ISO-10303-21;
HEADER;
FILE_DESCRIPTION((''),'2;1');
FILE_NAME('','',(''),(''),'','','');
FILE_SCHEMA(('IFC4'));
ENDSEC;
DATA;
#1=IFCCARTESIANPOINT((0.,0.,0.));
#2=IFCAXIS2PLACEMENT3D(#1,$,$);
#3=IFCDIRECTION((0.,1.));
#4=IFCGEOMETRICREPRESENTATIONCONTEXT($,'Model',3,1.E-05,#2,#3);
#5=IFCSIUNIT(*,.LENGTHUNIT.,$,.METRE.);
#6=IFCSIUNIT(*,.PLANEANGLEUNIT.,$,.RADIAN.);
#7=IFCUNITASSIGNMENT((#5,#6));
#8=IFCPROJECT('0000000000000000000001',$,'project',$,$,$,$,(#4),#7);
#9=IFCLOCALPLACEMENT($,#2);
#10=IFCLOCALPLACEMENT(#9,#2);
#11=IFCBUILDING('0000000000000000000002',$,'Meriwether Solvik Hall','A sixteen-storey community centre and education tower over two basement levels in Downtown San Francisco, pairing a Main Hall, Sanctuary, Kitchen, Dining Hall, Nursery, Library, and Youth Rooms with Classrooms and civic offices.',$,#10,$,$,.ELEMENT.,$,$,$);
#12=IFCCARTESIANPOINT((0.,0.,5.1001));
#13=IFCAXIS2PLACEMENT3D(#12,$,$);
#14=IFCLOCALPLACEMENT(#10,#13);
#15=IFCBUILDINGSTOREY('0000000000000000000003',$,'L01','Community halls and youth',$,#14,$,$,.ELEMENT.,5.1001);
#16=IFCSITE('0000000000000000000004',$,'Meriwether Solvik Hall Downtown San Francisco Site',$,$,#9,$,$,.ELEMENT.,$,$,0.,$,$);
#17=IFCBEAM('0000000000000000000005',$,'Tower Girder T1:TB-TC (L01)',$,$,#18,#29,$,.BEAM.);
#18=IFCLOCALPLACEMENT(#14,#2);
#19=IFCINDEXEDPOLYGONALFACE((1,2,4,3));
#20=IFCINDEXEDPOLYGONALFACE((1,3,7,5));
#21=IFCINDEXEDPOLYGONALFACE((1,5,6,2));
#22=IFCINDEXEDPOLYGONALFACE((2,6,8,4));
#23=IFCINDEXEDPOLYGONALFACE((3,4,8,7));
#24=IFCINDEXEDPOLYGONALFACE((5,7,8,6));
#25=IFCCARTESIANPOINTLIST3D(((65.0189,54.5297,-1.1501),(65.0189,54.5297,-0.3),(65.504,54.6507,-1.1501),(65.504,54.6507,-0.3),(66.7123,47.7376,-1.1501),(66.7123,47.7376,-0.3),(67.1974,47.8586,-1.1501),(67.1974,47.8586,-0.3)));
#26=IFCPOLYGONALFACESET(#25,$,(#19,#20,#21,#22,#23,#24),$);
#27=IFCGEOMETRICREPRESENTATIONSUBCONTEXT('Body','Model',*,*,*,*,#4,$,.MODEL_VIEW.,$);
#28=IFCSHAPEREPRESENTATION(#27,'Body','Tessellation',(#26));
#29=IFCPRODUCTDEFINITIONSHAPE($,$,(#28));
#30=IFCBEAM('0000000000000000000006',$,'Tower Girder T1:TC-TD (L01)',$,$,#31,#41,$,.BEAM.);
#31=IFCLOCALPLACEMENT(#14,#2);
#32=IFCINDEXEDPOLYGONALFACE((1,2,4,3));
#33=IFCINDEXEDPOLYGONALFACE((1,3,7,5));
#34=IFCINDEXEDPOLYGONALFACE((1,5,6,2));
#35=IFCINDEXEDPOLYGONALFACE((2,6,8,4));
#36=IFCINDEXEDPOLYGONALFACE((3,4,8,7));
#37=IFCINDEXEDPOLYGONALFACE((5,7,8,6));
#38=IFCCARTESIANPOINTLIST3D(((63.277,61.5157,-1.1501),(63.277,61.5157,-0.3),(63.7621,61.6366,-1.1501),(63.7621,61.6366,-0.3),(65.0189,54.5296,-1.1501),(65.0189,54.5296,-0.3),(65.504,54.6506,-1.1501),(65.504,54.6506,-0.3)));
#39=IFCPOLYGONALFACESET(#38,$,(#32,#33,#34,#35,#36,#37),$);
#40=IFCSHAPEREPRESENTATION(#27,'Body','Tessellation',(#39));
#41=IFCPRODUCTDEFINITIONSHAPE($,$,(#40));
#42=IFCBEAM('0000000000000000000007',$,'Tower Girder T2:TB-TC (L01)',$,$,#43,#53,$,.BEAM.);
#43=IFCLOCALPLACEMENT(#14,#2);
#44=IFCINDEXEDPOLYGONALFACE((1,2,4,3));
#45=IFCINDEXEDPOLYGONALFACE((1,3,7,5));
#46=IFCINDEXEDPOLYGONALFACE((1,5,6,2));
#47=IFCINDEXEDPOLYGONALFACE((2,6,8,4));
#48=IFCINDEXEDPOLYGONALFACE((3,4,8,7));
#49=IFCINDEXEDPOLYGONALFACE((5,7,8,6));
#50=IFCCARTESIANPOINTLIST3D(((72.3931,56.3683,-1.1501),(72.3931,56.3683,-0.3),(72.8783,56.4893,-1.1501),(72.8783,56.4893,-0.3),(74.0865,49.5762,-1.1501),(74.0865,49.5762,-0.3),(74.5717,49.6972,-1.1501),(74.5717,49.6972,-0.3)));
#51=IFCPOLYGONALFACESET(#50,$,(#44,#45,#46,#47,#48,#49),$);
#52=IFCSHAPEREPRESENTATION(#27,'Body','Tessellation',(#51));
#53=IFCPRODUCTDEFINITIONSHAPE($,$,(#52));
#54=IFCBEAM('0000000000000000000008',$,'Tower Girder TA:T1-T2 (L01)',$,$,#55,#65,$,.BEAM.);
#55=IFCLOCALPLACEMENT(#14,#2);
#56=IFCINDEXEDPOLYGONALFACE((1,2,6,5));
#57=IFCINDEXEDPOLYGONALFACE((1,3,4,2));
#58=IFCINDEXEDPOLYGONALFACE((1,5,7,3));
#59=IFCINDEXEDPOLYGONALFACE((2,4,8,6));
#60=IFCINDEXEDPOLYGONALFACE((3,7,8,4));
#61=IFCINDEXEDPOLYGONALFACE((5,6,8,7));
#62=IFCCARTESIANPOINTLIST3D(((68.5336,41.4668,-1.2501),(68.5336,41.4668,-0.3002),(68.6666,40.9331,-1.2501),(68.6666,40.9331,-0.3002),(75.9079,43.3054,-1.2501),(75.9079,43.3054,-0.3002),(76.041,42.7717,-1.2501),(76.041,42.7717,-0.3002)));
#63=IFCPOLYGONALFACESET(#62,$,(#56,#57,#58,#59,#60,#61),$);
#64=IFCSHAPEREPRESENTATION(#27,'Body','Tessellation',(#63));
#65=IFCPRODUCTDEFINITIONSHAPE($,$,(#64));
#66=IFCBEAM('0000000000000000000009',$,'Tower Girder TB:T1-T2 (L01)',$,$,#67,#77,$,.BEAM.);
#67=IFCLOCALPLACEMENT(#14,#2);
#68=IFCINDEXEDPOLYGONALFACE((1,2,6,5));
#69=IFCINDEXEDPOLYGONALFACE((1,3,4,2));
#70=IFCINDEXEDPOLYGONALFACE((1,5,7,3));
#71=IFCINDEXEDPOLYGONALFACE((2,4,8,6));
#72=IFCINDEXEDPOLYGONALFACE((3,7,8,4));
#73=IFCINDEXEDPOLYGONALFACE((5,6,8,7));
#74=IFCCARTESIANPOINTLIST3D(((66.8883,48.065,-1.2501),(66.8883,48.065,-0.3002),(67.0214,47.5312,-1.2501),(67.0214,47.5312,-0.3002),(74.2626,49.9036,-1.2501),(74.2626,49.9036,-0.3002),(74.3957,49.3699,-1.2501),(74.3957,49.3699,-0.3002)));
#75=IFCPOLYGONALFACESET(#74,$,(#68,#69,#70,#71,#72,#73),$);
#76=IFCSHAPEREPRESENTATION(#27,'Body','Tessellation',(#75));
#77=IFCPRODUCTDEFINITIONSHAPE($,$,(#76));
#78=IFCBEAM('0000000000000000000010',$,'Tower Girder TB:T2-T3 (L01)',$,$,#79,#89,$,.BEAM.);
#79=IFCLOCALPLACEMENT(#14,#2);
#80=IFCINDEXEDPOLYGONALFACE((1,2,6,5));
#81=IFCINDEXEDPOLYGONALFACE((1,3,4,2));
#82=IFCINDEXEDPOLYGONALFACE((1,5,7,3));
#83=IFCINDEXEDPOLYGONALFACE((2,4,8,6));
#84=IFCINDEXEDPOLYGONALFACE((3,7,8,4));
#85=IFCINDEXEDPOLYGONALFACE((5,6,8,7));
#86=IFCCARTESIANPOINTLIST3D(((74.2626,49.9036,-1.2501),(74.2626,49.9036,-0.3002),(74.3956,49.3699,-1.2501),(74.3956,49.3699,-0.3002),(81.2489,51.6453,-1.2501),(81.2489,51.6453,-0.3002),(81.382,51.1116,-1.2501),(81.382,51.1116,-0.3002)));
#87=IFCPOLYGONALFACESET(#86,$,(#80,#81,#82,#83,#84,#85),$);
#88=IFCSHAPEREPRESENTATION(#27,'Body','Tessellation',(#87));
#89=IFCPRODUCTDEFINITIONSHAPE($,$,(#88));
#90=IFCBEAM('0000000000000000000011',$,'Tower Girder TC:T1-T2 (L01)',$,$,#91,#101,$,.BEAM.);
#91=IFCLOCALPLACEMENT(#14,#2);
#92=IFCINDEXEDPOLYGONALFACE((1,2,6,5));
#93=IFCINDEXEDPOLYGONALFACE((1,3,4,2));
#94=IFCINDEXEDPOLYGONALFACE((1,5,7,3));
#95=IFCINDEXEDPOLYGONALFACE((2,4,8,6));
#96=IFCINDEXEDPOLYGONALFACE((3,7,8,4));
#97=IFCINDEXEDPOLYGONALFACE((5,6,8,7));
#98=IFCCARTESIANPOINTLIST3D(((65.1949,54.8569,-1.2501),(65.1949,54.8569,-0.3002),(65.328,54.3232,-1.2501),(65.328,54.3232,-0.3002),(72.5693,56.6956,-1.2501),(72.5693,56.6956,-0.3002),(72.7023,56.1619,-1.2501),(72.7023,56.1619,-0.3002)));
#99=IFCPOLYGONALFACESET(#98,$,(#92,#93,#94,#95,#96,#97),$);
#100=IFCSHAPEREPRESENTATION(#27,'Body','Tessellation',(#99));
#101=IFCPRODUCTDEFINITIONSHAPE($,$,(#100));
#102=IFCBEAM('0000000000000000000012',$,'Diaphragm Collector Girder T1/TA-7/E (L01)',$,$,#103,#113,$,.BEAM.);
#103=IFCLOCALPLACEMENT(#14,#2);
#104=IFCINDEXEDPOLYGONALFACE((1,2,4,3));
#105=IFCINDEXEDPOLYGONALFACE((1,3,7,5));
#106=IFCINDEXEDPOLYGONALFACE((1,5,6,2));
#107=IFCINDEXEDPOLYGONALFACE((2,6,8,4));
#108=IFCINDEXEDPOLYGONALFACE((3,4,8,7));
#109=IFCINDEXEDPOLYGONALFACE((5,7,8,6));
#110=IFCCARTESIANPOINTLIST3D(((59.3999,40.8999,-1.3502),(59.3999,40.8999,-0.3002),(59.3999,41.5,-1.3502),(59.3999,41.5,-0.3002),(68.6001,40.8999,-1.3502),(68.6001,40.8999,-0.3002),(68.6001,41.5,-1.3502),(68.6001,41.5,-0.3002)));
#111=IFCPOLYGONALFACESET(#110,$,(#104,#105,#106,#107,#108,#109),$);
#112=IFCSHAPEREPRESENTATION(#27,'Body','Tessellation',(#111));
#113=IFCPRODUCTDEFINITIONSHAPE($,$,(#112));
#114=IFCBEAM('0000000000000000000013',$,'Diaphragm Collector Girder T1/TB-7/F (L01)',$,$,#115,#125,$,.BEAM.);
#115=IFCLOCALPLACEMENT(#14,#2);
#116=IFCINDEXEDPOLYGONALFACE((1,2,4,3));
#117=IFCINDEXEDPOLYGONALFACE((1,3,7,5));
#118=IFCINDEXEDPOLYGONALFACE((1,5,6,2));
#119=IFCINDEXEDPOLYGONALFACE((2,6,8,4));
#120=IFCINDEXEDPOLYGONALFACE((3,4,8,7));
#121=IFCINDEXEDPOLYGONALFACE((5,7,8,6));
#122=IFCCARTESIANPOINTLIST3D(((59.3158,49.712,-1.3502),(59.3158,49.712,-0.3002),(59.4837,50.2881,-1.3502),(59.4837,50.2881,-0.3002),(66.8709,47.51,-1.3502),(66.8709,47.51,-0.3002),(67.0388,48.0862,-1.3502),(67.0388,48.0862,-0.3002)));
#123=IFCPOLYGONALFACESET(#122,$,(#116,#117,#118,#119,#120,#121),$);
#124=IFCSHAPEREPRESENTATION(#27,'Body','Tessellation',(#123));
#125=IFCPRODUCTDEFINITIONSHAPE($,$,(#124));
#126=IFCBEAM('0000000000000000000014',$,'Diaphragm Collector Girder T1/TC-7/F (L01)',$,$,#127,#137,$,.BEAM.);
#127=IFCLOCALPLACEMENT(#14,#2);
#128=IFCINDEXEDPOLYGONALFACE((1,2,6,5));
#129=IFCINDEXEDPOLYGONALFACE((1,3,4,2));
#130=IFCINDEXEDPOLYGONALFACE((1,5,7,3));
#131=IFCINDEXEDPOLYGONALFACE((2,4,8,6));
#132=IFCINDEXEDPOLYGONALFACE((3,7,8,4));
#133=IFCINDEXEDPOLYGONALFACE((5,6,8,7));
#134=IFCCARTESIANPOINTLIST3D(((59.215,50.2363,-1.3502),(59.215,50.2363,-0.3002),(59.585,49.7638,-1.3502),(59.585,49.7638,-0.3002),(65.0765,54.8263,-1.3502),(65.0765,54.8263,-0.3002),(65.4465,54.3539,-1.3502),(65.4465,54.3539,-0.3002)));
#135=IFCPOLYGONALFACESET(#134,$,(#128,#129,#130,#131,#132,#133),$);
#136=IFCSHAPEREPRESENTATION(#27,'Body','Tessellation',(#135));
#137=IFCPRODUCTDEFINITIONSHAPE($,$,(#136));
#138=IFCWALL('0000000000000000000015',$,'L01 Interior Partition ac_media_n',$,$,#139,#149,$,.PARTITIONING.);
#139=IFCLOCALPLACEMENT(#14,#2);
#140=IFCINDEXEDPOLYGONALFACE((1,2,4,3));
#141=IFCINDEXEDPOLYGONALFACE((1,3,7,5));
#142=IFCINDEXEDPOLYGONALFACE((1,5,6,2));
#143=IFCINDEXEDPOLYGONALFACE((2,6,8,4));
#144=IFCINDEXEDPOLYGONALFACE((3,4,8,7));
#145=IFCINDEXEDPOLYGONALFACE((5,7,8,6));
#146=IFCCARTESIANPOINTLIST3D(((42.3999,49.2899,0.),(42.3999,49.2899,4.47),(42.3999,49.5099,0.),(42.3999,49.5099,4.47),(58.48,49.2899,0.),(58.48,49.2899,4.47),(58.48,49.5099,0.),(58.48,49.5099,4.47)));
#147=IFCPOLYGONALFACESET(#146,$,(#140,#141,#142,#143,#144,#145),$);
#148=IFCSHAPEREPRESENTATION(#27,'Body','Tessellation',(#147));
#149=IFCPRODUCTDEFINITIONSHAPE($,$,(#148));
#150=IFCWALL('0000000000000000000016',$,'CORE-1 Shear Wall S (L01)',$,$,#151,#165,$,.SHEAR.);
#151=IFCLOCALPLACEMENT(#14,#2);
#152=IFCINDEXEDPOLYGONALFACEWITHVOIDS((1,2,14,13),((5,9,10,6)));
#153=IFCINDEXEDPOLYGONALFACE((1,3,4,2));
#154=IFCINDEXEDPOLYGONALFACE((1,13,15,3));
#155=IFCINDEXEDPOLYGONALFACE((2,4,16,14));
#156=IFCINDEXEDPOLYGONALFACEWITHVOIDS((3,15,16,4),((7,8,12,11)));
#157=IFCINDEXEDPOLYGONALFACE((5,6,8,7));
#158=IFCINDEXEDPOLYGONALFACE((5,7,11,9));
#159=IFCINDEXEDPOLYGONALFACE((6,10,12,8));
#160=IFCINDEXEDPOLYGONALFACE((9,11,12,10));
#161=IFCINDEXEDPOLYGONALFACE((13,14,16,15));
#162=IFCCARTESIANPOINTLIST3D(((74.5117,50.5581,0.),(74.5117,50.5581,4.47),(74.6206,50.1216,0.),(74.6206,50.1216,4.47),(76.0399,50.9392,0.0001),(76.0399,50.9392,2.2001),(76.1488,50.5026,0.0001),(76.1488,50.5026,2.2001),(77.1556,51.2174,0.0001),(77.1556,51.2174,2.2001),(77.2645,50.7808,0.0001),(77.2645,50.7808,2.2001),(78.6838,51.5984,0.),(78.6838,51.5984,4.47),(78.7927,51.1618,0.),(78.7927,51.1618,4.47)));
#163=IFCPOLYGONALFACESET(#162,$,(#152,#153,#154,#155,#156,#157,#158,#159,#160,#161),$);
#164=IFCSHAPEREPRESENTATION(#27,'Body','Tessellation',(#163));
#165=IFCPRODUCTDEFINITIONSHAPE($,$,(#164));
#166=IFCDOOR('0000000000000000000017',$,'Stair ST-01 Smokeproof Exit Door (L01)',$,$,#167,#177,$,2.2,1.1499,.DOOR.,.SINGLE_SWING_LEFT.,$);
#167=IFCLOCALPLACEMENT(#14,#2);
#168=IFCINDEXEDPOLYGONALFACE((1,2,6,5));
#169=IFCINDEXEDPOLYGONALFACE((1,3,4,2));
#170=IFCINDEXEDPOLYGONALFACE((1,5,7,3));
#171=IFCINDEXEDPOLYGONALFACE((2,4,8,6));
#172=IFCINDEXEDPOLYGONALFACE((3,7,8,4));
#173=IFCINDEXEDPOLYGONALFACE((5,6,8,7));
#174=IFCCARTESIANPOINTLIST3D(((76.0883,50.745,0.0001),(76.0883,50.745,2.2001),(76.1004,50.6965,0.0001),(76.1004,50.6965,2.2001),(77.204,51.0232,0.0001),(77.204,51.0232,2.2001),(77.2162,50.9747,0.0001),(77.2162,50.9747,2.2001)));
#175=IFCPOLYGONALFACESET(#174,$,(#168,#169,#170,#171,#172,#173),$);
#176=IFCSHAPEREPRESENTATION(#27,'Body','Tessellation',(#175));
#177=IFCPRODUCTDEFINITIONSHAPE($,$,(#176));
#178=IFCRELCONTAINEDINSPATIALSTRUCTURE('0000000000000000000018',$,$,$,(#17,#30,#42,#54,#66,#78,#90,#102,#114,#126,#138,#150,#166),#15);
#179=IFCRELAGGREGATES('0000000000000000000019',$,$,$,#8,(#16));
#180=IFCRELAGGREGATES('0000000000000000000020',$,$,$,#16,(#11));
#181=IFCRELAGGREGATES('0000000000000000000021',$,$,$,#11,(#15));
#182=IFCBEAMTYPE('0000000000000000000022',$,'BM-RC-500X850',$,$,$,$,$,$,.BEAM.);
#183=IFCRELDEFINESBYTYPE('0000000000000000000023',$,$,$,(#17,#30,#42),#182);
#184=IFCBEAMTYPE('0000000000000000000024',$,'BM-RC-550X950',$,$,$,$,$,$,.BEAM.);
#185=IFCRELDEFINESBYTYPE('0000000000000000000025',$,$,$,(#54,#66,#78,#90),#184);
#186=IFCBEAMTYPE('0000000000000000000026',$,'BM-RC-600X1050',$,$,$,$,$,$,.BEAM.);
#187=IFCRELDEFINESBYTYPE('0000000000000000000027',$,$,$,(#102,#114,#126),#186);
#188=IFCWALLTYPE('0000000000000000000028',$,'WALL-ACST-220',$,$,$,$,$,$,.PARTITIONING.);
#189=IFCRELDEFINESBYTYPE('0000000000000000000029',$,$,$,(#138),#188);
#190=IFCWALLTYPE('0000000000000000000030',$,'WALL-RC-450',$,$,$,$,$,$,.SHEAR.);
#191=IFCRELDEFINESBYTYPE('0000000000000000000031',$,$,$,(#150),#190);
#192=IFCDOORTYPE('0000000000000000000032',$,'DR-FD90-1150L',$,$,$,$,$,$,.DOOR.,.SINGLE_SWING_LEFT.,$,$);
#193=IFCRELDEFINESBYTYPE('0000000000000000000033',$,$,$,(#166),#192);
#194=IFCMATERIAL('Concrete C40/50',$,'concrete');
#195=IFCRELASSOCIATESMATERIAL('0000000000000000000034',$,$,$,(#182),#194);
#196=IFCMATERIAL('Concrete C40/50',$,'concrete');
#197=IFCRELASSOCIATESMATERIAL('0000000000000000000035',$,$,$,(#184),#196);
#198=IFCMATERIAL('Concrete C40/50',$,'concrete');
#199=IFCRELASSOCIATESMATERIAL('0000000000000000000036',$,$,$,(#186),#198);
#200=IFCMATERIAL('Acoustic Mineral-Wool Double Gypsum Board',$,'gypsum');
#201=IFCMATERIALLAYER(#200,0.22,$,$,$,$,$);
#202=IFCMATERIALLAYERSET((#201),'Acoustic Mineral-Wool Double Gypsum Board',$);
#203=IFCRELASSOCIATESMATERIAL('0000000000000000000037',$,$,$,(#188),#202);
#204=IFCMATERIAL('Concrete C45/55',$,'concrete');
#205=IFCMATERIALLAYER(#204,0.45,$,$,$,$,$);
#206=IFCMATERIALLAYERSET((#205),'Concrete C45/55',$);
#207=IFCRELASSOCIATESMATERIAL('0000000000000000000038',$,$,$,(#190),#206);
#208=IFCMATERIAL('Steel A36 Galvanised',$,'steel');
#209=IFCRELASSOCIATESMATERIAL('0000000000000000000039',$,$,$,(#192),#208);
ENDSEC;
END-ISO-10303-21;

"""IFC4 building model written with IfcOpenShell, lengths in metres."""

from ifc_helpers import new_model, si_unit, direction, frame, frame_2d, origin, origin_2d, place, context, subcontext, project, spatial, rectangle, extrude, material, layer, layer_set, material_profile, profile_set, type_object, element, fill, save


model = new_model("IFC4")

# Units and contexts
model_context = context("Model", 3, precision=1e-05, world=origin(), true_north=direction((0.0, 1.0)))
body_context = subcontext(model_context, "Body", "Model", "MODEL_VIEW")
ifc_project = project(units=[si_unit("LENGTHUNIT", "METRE"), si_unit("PLANEANGLEUNIT", "RADIAN")], contexts=[model_context])

# Site, building, storey
site_placement = place(None, origin())
site = spatial("IfcSite", under=ifc_project, at=site_placement, Name="Meriwether Solvik Hall Downtown San Francisco Site", CompositionType="ELEMENT", RefElevation=0.0)
building_placement = place(site_placement, origin())
building = spatial("IfcBuilding", under=site, at=building_placement, Name="Meriwether Solvik Hall", Description="A sixteen-storey community centre and education tower over two basement levels in Downtown San Francisco, pairing a Main Hall, Sanctuary, Kitchen, Dining Hall, Nursery, Library, and Youth Rooms with Classrooms and civic offices.", CompositionType="ELEMENT")
storey_placement = place(building_placement, frame((0.0, 0.0, 5.1001)))
storey = spatial("IfcBuildingStorey", under=building, at=storey_placement, Name="L01", Description="Community halls and youth", CompositionType="ELEMENT", Elevation=5.1001)

# Beams
ifc_material_1 = material(Name="Concrete C40/50", Category="concrete")
ifc_material_profile_1 = material_profile(ifc_material_1, rectangle(XDim=0.5, YDim=0.8501, at=origin_2d()), Name="RCB-500X850")
ifc_profile_set_1 = profile_set([ifc_material_profile_1], Name="Concrete C40/50")
beam_type_1 = type_object("IfcBeamType", Name="BM-RC-500X850", PredefinedType="BEAM", material=ifc_profile_set_1)
beam_1_placement = place(storey_placement, frame((66.9548, 47.7981, -0.7251), z_axis=(-0.241912, 0.970298, 0.0), x_axis=(-0.970298, -0.241912, 0.0)))
element("IfcBeam", 1, at=beam_1_placement, inside=storey, type_object=beam_type_1, Name="Tower Girder T1:TB-TC (L01)", PredefinedType="BEAM", context=body_context, shape_type="SweptSolid", body=[
    extrude(rectangle(XDim=0.5, YDim=0.8501, at=origin_2d()), origin(), (0.0, 0.0, 1.0), 7.0),
])
beam_2_placement = place(storey_placement, frame((65.2615, 54.5901, -0.7251), z_axis=(-0.241937, 0.970292, 0.0), x_axis=(-0.970292, -0.241937, 0.0)))
element("IfcBeam", 2, at=beam_2_placement, inside=storey, type_object=beam_type_1, Name="Tower Girder T1:TC-TD (L01)", PredefinedType="BEAM", context=body_context, shape_type="SweptSolid", body=[
    extrude(rectangle(XDim=0.5, YDim=0.8501, at=origin_2d()), origin(), (0.0, 0.0, 1.0), 7.2),
])
beam_3_placement = place(storey_placement, frame((74.3291, 49.6367, -0.7251), z_axis=(-0.241912, 0.970298, 0.0), x_axis=(-0.970298, -0.241912, 0.0)))
element("IfcBeam", 3, at=beam_3_placement, inside=storey, type_object=beam_type_1, Name="Tower Girder T2:TB-TC (L01)", PredefinedType="BEAM", context=body_context, shape_type="SweptSolid", body=[
    extrude(rectangle(XDim=0.5, YDim=0.8501, at=origin_2d()), origin(), (0.0, 0.0, 1.0), 7.0),
])
ifc_material_2 = material(Name="Concrete C40/50", Category="concrete")
ifc_material_profile_2 = material_profile(ifc_material_2, rectangle(XDim=0.55, YDim=0.95, at=origin_2d()), Name="RCB-550X950")
ifc_profile_set_2 = profile_set([ifc_material_profile_2], Name="Concrete C40/50")
beam_type_2 = type_object("IfcBeamType", Name="BM-RC-550X950", PredefinedType="BEAM", material=ifc_profile_set_2)
for number, where, z_axis, x_axis, name in (
    (4, (68.6001, 41.2, -0.7751), (0.970295, 0.241923, 0.0), (-0.241923, 0.970295, 0.0), "Tower Girder TA:T1-T2 (L01)"),
    (5, (66.9548, 47.7981, -0.7751), (0.970295, 0.241923, 0.0), (-0.241923, 0.970295, 0.0), "Tower Girder TB:T1-T2 (L01)"),
):
    element("IfcBeam", number, at=place(storey_placement, frame(where, z_axis=z_axis, x_axis=x_axis)), inside=storey, type_object=beam_type_2, Name=name, PredefinedType="BEAM", context=body_context, shape_type="SweptSolid", body=[
        extrude(rectangle(XDim=0.55, YDim=0.95, at=origin_2d()), origin(), (0.0, 0.0, 1.0), 7.6001),
    ])
beam_4_placement = place(storey_placement, frame((74.3291, 49.6367, -0.7751), z_axis=(0.970302, 0.241897, 0.0), x_axis=(-0.241897, 0.970302, 0.0)))
element("IfcBeam", 6, at=beam_4_placement, inside=storey, type_object=beam_type_2, Name="Tower Girder TB:T2-T3 (L01)", PredefinedType="BEAM", context=body_context, shape_type="SweptSolid", body=[
    extrude(rectangle(XDim=0.55, YDim=0.95, at=origin_2d()), origin(), (0.0, 0.0, 1.0), 7.2002),
])
beam_5_placement = place(storey_placement, frame((65.2615, 54.5901, -0.7751), z_axis=(0.970295, 0.241923, 0.0), x_axis=(-0.241923, 0.970295, 0.0)))
element("IfcBeam", 7, at=beam_5_placement, inside=storey, type_object=beam_type_2, Name="Tower Girder TC:T1-T2 (L01)", PredefinedType="BEAM", context=body_context, shape_type="SweptSolid", body=[
    extrude(rectangle(XDim=0.55, YDim=0.95, at=origin_2d()), origin(), (0.0, 0.0, 1.0), 7.6001),
])
ifc_material_3 = material(Name="Concrete C40/50", Category="concrete")
ifc_material_profile_3 = material_profile(ifc_material_3, rectangle(XDim=0.6001, YDim=1.05, at=origin_2d()), Name="RCB-600X1050")
ifc_profile_set_3 = profile_set([ifc_material_profile_3], Name="Concrete C40/50")
beam_type_3 = type_object("IfcBeamType", Name="BM-RC-600X1050", PredefinedType="BEAM", material=ifc_profile_set_3)
beam_6_placement = place(storey_placement, frame((68.6001, 41.2, -0.8252), z_axis=(-1.0, 0.0, 0.0), x_axis=(0.0, -1.0, 0.0)))
element("IfcBeam", 8, at=beam_6_placement, inside=storey, type_object=beam_type_3, Name="Diaphragm Collector Girder T1/TA-7/E (L01)", PredefinedType="BEAM", context=body_context, shape_type="SweptSolid", body=[
    extrude(rectangle(XDim=0.6001, YDim=1.05, at=origin_2d()), origin(), (0.0, 0.0, 1.0), 9.2002),
])
beam_7_placement = place(storey_placement, frame((66.9548, 47.7981, -0.8252), z_axis=(-0.960055, 0.279811, 0.0), x_axis=(-0.279811, -0.960055, 0.0)))
element("IfcBeam", 9, at=beam_7_placement, inside=storey, type_object=beam_type_3, Name="Diaphragm Collector Girder T1/TB-7/F (L01)", PredefinedType="BEAM", context=body_context, shape_type="SweptSolid", body=[
    extrude(rectangle(XDim=0.6001, YDim=1.05, at=origin_2d()), origin(), (0.0, 0.0, 1.0), 7.8694),
])
beam_8_placement = place(storey_placement, frame((65.2615, 54.5901, -0.8252), z_axis=(-0.787324, -0.616539, 0.0), x_axis=(0.616539, -0.787324, 0.0)))
element("IfcBeam", 10, at=beam_8_placement, inside=storey, type_object=beam_type_3, Name="Diaphragm Collector Girder T1/TC-7/F (L01)", PredefinedType="BEAM", context=body_context, shape_type="SweptSolid", body=[
    extrude(rectangle(XDim=0.6001, YDim=1.05, at=origin_2d()), origin(), (0.0, 0.0, 1.0), 7.4448),
])

# Wall
ifc_material_4 = material(Name="Acoustic Mineral-Wool Double Gypsum Board", Category="gypsum")
ifc_layer_1 = layer(ifc_material_4, 0.22)
ifc_layer_set_1 = layer_set([ifc_layer_1], Name="Acoustic Mineral-Wool Double Gypsum Board")
wall_type_1 = type_object("IfcWallType", Name="WALL-ACST-220", PredefinedType="PARTITIONING", material=ifc_layer_set_1)
wall_1_placement = place(storey_placement, frame((58.48, 49.3999, 0.0), z_axis=(0.0, 0.0, 1.0), x_axis=(-1.0, 0.0, 0.0)))
element("IfcWall", 11, at=wall_1_placement, inside=storey, type_object=wall_type_1, Name="L01 Interior Partition ac_media_n", PredefinedType="PARTITIONING", context=body_context, shape_type="SweptSolid", body=[
    extrude(rectangle(XDim=16.0801, YDim=0.22, at=frame_2d((8.04, 0.0))), origin(), (0.0, 0.0, 1.0), 4.47),
])

# Wall, opening, door
ifc_material_5 = material(Name="Concrete C45/55", Category="concrete")
ifc_layer_2 = layer(ifc_material_5, 0.45)
ifc_layer_set_2 = layer_set([ifc_layer_2], Name="Concrete C45/55")
wall_type_2 = type_object("IfcWallType", Name="WALL-RC-450", PredefinedType="SHEAR", material=ifc_layer_set_2)
wall_2_placement = place(storey_placement, frame((74.5662, 50.3398, 0.0), z_axis=(0.0, 0.0, 1.0), x_axis=(0.970293, 0.241934, 0.0)))
wall_2 = element("IfcWall", 12, at=wall_2_placement, inside=storey, type_object=wall_type_2, Name="CORE-1 Shear Wall S (L01)", PredefinedType="SHEAR", context=body_context, shape_type="SweptSolid", body=[
    extrude(rectangle(XDim=4.2998, YDim=0.45, at=frame_2d((2.1499, 0.0))), origin(), (0.0, 0.0, 1.0), 4.47),
])
opening_placement = place(wall_2_placement, frame((1.575, 0.0, 0.0)))
opening = element("IfcOpeningElement", 13, at=opening_placement, cuts=wall_2, PredefinedType="OPENING", context=body_context, shape_type="SweptSolid", body=[
    extrude(rectangle(XDim=1.1499, YDim=2.2, at=frame_2d((0.575, 1.1001))), frame((0.0, 0.2368, 0.0), z_axis=(0.0, -1.0, 0.0), x_axis=(1.0, 0.0, 0.0)), (0.0, 0.0, 1.0), 0.4739),
])
ifc_material_6 = material(Name="Steel A36 Galvanised", Category="steel")
door_type = type_object("IfcDoorType", Name="DR-FD90-1150L", OperationType="SINGLE_SWING_LEFT", PredefinedType="DOOR", material=ifc_material_6)
door_placement = place(opening_placement, origin())
door = element("IfcDoor", 14, at=door_placement, inside=storey, type_object=door_type, Name="Stair ST-01 Smokeproof Exit Door (L01)", OperationType="SINGLE_SWING_LEFT", OverallHeight=2.2, OverallWidth=1.1499, PredefinedType="DOOR", context=body_context, shape_type="SweptSolid", body=[
    extrude(rectangle(XDim=1.1499, YDim=2.2, at=frame_2d((0.575, 1.1001))), frame((0.0, 0.0249, 0.0), z_axis=(0.0, -1.0, 0.0), x_axis=(1.0, 0.0, 0.0)), (0.0, 0.0, 1.0), 0.05),
])
fill(opening, door)

save(model, "model.ifc")
